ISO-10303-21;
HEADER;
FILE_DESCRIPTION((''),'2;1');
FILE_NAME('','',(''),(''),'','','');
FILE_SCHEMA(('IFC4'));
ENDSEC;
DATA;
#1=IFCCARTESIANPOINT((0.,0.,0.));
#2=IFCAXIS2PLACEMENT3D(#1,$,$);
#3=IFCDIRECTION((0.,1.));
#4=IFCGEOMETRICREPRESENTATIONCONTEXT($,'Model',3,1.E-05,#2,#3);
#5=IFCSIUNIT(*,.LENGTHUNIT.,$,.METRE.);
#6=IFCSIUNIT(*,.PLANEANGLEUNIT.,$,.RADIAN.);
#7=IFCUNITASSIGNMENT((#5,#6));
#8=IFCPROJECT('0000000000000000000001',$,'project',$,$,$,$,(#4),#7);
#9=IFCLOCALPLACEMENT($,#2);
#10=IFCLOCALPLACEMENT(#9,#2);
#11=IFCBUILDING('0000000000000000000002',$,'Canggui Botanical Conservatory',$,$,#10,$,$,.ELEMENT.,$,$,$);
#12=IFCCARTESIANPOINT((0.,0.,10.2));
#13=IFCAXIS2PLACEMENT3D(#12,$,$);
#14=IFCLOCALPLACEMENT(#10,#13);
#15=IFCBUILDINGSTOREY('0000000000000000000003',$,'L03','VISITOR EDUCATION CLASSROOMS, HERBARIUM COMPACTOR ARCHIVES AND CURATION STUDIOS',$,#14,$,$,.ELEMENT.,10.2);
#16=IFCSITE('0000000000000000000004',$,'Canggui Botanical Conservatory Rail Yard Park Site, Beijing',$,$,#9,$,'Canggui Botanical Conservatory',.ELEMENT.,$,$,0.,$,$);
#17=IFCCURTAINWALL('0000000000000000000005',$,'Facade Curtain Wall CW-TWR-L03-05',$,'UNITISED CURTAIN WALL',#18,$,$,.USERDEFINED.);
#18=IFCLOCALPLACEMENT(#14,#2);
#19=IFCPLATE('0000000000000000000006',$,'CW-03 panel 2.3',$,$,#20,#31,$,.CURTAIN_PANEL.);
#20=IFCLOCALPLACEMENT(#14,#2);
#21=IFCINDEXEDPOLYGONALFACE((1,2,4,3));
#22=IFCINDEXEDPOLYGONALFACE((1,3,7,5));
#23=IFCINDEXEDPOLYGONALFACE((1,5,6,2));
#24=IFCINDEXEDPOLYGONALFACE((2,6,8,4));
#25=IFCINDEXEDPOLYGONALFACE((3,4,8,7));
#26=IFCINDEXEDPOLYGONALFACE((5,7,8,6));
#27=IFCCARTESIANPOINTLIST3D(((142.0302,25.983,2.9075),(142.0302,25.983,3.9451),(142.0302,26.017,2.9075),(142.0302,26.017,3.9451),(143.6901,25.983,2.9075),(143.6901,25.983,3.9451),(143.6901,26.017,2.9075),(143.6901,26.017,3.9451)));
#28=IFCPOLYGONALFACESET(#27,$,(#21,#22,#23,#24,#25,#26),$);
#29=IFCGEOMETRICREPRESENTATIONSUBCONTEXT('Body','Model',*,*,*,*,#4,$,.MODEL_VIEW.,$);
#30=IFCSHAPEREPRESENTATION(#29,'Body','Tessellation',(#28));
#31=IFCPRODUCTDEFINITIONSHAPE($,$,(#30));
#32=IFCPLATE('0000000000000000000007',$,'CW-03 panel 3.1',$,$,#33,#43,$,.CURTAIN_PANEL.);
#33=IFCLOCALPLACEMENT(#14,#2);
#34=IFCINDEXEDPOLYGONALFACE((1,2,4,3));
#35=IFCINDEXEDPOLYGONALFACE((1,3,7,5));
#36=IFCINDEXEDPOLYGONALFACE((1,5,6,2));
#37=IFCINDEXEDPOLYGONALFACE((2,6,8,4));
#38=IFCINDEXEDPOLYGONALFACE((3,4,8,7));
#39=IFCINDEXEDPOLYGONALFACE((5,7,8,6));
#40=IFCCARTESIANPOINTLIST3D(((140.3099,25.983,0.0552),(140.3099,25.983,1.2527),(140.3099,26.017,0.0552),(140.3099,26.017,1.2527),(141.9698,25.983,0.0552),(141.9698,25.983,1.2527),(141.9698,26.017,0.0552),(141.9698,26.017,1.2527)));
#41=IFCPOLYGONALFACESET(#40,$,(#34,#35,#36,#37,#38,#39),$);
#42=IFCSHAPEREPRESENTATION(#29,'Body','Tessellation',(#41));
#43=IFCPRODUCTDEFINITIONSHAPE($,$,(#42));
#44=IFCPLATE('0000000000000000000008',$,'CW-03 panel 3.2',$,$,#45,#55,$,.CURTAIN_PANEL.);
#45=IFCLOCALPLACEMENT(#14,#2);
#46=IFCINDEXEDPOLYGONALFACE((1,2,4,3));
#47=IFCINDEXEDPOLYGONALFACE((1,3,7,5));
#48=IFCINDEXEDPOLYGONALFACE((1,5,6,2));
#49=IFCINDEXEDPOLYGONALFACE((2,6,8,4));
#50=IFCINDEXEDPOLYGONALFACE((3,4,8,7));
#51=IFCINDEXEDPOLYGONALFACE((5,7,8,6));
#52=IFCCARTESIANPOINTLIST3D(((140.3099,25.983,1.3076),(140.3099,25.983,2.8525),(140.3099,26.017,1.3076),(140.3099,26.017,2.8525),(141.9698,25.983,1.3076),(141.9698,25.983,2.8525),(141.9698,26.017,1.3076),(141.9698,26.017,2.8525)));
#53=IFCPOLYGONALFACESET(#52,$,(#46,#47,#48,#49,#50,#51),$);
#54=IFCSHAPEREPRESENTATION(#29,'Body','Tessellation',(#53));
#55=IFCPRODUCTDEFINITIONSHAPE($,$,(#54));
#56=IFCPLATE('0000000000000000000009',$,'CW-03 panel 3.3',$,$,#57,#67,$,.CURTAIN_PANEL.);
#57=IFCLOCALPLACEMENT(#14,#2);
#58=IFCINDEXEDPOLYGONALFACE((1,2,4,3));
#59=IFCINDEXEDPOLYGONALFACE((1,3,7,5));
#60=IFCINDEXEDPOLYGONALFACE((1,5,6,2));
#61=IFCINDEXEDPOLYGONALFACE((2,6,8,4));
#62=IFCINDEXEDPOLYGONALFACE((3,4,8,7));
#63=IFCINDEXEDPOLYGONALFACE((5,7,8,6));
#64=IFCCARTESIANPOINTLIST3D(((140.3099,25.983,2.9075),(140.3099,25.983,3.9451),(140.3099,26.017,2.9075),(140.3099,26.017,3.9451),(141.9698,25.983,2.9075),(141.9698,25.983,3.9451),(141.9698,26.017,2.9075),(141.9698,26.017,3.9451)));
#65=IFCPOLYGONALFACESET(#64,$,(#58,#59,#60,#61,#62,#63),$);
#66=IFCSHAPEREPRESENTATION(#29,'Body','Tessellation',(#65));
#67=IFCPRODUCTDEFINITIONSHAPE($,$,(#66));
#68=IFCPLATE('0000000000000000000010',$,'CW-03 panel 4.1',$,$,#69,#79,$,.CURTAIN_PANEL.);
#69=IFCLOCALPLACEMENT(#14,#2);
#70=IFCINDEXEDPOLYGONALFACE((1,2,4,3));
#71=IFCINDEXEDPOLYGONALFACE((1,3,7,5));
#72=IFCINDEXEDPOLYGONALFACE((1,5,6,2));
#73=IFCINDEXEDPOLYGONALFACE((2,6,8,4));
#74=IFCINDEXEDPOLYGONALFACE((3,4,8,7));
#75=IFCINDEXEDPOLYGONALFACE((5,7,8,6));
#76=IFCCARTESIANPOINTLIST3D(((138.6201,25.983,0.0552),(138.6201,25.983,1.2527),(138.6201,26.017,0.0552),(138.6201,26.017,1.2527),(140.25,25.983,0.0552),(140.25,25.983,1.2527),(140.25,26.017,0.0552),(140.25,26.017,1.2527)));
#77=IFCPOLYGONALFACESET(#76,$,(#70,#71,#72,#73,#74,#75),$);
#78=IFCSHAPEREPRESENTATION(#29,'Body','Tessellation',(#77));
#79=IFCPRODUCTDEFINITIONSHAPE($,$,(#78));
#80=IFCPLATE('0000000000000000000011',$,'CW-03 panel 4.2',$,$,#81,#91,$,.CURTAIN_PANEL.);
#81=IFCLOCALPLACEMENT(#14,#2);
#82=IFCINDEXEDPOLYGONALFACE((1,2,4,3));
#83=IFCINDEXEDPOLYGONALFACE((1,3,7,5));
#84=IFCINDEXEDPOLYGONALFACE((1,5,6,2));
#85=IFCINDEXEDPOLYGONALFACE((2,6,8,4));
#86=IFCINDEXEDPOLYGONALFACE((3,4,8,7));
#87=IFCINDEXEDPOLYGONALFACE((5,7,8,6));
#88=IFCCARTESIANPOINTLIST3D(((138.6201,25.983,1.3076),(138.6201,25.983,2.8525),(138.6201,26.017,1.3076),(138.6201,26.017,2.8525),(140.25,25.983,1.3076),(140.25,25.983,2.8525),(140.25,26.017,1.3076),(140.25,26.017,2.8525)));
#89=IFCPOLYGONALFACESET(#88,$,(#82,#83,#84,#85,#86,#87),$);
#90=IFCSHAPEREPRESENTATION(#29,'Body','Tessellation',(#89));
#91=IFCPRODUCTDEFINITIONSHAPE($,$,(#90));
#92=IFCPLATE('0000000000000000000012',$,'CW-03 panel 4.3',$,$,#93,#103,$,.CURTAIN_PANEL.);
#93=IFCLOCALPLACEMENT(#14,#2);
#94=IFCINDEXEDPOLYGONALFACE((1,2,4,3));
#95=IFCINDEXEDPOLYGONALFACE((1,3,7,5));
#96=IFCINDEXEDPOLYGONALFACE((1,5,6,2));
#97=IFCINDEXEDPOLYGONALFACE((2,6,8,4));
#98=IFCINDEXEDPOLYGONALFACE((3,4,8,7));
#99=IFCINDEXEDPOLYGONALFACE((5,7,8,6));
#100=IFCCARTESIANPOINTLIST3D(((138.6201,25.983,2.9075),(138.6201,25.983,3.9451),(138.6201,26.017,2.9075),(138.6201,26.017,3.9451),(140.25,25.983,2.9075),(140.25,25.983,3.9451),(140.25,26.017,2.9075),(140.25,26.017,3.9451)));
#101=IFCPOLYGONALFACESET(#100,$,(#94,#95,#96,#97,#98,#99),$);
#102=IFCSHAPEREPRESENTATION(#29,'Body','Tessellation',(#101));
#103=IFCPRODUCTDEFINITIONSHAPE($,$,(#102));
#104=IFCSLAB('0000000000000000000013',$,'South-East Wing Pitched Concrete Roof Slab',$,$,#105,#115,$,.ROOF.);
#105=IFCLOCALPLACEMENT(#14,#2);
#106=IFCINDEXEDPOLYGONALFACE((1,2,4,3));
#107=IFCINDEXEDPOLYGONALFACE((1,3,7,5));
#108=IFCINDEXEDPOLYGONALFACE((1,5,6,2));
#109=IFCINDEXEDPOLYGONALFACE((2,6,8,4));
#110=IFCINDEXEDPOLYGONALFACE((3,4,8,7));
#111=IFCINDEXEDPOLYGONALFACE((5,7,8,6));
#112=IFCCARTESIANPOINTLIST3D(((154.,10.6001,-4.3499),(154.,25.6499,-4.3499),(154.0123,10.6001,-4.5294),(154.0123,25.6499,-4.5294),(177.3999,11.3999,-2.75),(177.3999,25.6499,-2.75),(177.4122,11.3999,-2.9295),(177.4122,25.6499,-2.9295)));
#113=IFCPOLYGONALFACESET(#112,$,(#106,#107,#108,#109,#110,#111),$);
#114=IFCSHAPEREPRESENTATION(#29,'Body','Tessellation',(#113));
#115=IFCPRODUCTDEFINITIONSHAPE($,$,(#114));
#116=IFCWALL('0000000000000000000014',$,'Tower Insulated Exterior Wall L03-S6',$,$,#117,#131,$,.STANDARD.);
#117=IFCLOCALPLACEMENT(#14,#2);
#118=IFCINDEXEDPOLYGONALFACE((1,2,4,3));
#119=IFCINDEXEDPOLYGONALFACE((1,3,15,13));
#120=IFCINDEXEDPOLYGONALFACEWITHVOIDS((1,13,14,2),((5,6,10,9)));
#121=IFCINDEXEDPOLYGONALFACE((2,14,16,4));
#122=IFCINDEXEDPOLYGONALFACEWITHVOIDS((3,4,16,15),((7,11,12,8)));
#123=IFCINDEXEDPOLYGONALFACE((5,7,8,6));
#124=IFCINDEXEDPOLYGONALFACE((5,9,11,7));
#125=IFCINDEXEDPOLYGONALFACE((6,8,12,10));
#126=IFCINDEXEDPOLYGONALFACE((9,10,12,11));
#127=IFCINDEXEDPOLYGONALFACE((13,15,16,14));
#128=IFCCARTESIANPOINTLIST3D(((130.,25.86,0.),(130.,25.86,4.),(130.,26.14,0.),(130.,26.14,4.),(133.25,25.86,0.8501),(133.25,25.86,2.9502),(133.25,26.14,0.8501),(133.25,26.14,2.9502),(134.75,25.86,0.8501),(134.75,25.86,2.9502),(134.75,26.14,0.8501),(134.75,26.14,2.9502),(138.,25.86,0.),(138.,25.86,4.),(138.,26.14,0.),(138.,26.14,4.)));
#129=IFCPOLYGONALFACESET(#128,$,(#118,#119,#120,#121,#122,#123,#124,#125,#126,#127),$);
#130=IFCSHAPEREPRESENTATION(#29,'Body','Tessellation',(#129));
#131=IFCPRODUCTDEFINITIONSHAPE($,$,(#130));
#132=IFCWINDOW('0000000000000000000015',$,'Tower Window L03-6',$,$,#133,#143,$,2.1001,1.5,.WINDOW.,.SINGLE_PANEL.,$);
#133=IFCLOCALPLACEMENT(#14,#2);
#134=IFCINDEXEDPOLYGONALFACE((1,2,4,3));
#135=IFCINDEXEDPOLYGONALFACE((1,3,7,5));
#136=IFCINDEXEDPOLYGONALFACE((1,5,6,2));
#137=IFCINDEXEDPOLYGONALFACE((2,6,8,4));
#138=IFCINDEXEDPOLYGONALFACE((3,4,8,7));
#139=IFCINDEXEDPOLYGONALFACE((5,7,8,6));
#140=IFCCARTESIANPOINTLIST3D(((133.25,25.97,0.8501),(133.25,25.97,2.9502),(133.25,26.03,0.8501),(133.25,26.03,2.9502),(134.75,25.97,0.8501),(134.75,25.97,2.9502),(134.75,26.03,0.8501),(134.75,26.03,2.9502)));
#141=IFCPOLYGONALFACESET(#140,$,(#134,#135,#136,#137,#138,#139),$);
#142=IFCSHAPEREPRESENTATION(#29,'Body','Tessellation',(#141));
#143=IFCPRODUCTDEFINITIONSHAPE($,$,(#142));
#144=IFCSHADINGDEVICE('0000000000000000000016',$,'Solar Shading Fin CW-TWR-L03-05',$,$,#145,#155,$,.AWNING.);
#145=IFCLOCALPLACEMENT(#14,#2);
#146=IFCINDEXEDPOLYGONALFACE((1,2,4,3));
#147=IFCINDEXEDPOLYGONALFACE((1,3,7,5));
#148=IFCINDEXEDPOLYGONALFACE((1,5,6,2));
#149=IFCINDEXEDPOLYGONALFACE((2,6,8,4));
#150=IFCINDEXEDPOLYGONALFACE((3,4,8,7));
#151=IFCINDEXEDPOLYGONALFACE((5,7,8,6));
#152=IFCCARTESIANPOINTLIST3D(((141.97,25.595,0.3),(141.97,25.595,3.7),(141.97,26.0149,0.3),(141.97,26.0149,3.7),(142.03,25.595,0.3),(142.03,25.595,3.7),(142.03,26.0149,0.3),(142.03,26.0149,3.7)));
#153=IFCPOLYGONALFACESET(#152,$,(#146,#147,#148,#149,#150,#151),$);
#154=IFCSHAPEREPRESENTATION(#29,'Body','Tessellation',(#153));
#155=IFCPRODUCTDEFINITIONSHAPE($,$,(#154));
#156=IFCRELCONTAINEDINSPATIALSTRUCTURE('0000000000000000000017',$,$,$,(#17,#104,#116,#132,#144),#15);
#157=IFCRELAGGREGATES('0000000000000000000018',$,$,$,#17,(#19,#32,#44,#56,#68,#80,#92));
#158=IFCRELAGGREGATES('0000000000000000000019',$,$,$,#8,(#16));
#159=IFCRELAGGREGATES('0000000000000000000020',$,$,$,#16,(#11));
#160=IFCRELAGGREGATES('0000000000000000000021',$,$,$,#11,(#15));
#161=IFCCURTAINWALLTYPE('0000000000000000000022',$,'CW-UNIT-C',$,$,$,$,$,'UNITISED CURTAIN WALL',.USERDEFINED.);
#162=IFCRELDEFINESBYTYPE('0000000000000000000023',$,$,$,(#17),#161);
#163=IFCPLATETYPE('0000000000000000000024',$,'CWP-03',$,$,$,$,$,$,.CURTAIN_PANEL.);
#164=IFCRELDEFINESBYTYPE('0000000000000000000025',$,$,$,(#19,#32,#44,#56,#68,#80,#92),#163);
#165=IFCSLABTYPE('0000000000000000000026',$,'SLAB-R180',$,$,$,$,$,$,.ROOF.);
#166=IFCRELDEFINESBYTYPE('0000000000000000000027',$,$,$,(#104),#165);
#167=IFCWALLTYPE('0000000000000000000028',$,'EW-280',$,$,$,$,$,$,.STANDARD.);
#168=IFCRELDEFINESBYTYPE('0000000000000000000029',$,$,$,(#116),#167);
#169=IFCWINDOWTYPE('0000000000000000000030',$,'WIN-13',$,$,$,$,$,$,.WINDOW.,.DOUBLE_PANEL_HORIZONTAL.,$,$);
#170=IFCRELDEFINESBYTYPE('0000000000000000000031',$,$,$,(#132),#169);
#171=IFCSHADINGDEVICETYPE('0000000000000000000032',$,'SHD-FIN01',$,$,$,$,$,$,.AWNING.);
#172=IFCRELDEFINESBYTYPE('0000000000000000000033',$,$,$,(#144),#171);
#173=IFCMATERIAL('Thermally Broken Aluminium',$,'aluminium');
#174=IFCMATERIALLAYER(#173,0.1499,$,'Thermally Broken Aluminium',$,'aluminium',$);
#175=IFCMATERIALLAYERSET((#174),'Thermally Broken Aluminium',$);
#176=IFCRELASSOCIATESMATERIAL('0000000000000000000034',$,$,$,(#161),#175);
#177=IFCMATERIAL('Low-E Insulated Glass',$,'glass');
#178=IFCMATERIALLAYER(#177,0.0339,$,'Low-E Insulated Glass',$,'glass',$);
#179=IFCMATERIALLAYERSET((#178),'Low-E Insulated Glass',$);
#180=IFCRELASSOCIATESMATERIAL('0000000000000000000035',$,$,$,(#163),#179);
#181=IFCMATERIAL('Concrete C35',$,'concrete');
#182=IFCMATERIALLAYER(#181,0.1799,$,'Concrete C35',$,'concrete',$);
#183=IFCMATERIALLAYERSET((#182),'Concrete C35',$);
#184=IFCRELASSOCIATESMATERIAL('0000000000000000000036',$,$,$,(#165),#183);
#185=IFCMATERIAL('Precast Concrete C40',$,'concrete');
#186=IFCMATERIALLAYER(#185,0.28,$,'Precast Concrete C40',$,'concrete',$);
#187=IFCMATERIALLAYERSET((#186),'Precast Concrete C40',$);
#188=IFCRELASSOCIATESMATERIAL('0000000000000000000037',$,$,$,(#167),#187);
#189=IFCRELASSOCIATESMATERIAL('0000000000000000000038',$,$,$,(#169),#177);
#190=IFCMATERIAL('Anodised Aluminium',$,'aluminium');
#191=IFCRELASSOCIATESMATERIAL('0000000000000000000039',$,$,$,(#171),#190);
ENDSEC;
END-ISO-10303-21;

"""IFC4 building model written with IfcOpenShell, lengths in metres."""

from ifc_helpers import new_model, si_unit, direction, frame, frame_2d, origin, origin_2d, place, context, subcontext, project, spatial, polyline, rectangle, outline, extrude, material, layer, layer_set, type_object, element, fill, aggregate, save


model = new_model("IFC4")

# Units and contexts
model_context = context("Model", 3, precision=1e-05, world=origin(), true_north=direction((0.0, 1.0)))
body_context = subcontext(model_context, "Body", "Model", "MODEL_VIEW")
ifc_project = project(units=[si_unit("LENGTHUNIT", "METRE"), si_unit("PLANEANGLEUNIT", "RADIAN")], contexts=[model_context])

# Site, building, storey
site_placement = place(None, origin())
site = spatial("IfcSite", under=ifc_project, at=site_placement, Name="Canggui Botanical Conservatory Rail Yard Park Site, Beijing", LongName="Canggui Botanical Conservatory", CompositionType="ELEMENT", RefElevation=0.0)
building_placement = place(site_placement, origin())
building = spatial("IfcBuilding", under=site, at=building_placement, Name="Canggui Botanical Conservatory", CompositionType="ELEMENT")
storey_placement = place(building_placement, frame((0.0, 0.0, 10.2)))
storey = spatial("IfcBuildingStorey", under=building, at=storey_placement, Name="L03", Description="VISITOR EDUCATION CLASSROOMS, HERBARIUM COMPACTOR ARCHIVES AND CURATION STUDIOS", CompositionType="ELEMENT", Elevation=10.2)

# Shared definitions
ifc_material_1 = material(Name="Concrete C35", Category="concrete")

# Curtain wall, plates
ifc_material_2 = material(Name="Thermally Broken Aluminium", Category="aluminium")
ifc_layer_1 = layer(ifc_material_2, 0.1499, Name="Thermally Broken Aluminium", Category="aluminium")
ifc_layer_set_1 = layer_set([ifc_layer_1], Name="Thermally Broken Aluminium")
curtain_wall_type = type_object("IfcCurtainWallType", Name="CW-UNIT-C", ElementType="UNITISED CURTAIN WALL", PredefinedType="USERDEFINED", material=ifc_layer_set_1)
curtain_wall_placement = place(storey_placement, origin())
curtain_wall = element("IfcCurtainWall", 1, at=curtain_wall_placement, inside=storey, type_object=curtain_wall_type, Name="Facade Curtain Wall CW-TWR-L03-05", ObjectType="UNITISED CURTAIN WALL", PredefinedType="USERDEFINED")
ifc_material_3 = material(Name="Low-E Insulated Glass", Category="glass")
ifc_layer_2 = layer(ifc_material_3, 0.0339, Name="Low-E Insulated Glass", Category="glass")
ifc_layer_set_2 = layer_set([ifc_layer_2], Name="Low-E Insulated Glass")
plate_type = type_object("IfcPlateType", Name="CWP-03", PredefinedType="CURTAIN_PANEL", material=ifc_layer_set_2)
plate_1_placement = place(storey_placement, frame((142.8601, 26.0, 2.9075), z_axis=(0.0, 0.0, 1.0), x_axis=(-1.0, 0.0, 0.0)))
plate_1 = element("IfcPlate", 2, at=plate_1_placement, type_object=plate_type, Name="CW-03 panel 2.3", PredefinedType="CURTAIN_PANEL", context=body_context, shape_type="SweptSolid", body=[
    extrude(rectangle(XDim=1.6599, YDim=0.0339, at=origin_2d()), origin(), (0.0, 0.0, 1.0), 1.0376),
])
plate_2_placement = place(storey_placement, frame((141.1399, 26.0, 0.0552), z_axis=(0.0, 0.0, 1.0), x_axis=(-1.0, 0.0, 0.0)))
plate_2 = element("IfcPlate", 3, at=plate_2_placement, type_object=plate_type, Name="CW-03 panel 3.1", PredefinedType="CURTAIN_PANEL", context=body_context, shape_type="SweptSolid", body=[
    extrude(rectangle(XDim=1.6599, YDim=0.0339, at=origin_2d()), origin(), (0.0, 0.0, 1.0), 1.1975),
])
plate_3_placement = place(storey_placement, frame((141.1399, 26.0, 1.3076), z_axis=(0.0, 0.0, 1.0), x_axis=(-1.0, 0.0, 0.0)))
plate_3 = element("IfcPlate", 4, at=plate_3_placement, type_object=plate_type, Name="CW-03 panel 3.2", PredefinedType="CURTAIN_PANEL", context=body_context, shape_type="SweptSolid", body=[
    extrude(rectangle(XDim=1.6599, YDim=0.0339, at=origin_2d()), origin(), (0.0, 0.0, 1.0), 1.5449),
])
plate_4_placement = place(storey_placement, frame((141.1399, 26.0, 2.9075), z_axis=(0.0, 0.0, 1.0), x_axis=(-1.0, 0.0, 0.0)))
plate_4 = element("IfcPlate", 5, at=plate_4_placement, type_object=plate_type, Name="CW-03 panel 3.3", PredefinedType="CURTAIN_PANEL", context=body_context, shape_type="SweptSolid", body=[
    extrude(rectangle(XDim=1.6599, YDim=0.0339, at=origin_2d()), origin(), (0.0, 0.0, 1.0), 1.0376),
])
plate_5_placement = place(storey_placement, frame((139.4351, 26.0, 0.0552), z_axis=(0.0, 0.0, 1.0), x_axis=(-1.0, 0.0, 0.0)))
plate_5 = element("IfcPlate", 6, at=plate_5_placement, type_object=plate_type, Name="CW-03 panel 4.1", PredefinedType="CURTAIN_PANEL", context=body_context, shape_type="SweptSolid", body=[
    extrude(rectangle(XDim=1.6299, YDim=0.0339, at=origin_2d()), origin(), (0.0, 0.0, 1.0), 1.1975),
])
plate_6_placement = place(storey_placement, frame((139.4351, 26.0, 1.3076), z_axis=(0.0, 0.0, 1.0), x_axis=(-1.0, 0.0, 0.0)))
plate_6 = element("IfcPlate", 7, at=plate_6_placement, type_object=plate_type, Name="CW-03 panel 4.2", PredefinedType="CURTAIN_PANEL", context=body_context, shape_type="SweptSolid", body=[
    extrude(rectangle(XDim=1.6299, YDim=0.0339, at=origin_2d()), origin(), (0.0, 0.0, 1.0), 1.5449),
])
plate_7_placement = place(storey_placement, frame((139.4351, 26.0, 2.9075), z_axis=(0.0, 0.0, 1.0), x_axis=(-1.0, 0.0, 0.0)))
plate_7 = element("IfcPlate", 8, at=plate_7_placement, type_object=plate_type, Name="CW-03 panel 4.3", PredefinedType="CURTAIN_PANEL", context=body_context, shape_type="SweptSolid", body=[
    extrude(rectangle(XDim=1.6299, YDim=0.0339, at=origin_2d()), origin(), (0.0, 0.0, 1.0), 1.0376),
])
aggregate(curtain_wall, [plate_1, plate_2, plate_3, plate_4, plate_5, plate_6, plate_7])

# Slab
ifc_layer_3 = layer(ifc_material_1, 0.1799, Name="Concrete C35", Category="concrete")
ifc_layer_set_3 = layer_set([ifc_layer_3], Name="Concrete C35")
slab_type = type_object("IfcSlabType", Name="SLAB-R180", PredefinedType="ROOF", material=ifc_layer_set_3)
slab_placement = place(storey_placement, frame((154.0, 10.6001, -4.3499), z_axis=(-0.068211, 0.0, 0.997671), x_axis=(0.997091, 0.03408, 0.068171)))
element("IfcSlab", 9, at=slab_placement, inside=storey, type_object=slab_type, Name="South-East Wing Pitched Concrete Roof Slab", PredefinedType="ROOF", context=body_context, shape_type="SweptSolid", body=[
    extrude(outline(polyline([(0.0, 0.0), (23.4682, 0.0), (23.9538, 14.2417), (0.5129, 15.0411), (0.0, 0.0)])), origin(), (0.0, 0.0, -1.0), 0.1799),
])

# Wall, opening, window
ifc_material_4 = material(Name="Precast Concrete C40", Category="concrete")
ifc_layer_4 = layer(ifc_material_4, 0.28, Name="Precast Concrete C40", Category="concrete")
ifc_layer_set_4 = layer_set([ifc_layer_4], Name="Precast Concrete C40")
wall_type = type_object("IfcWallType", Name="EW-280", PredefinedType="STANDARD", material=ifc_layer_set_4)
wall_placement = place(storey_placement, frame((138.0, 26.0, 0.0), z_axis=(0.0, 0.0, 1.0), x_axis=(-1.0, 0.0, 0.0)))
wall = element("IfcWall", 10, at=wall_placement, inside=storey, type_object=wall_type, Name="Tower Insulated Exterior Wall L03-S6", PredefinedType="STANDARD", context=body_context, shape_type="SweptSolid", body=[
    extrude(rectangle(XDim=8.0, YDim=0.28, at=frame_2d((4.0, 0.0))), origin(), (0.0, 0.0, 1.0), 4.0),
])
opening_placement = place(wall_placement, frame((3.25, 0.0, 0.8501)))
opening = element("IfcOpeningElement", 11, at=opening_placement, cuts=wall, PredefinedType="OPENING", context=body_context, shape_type="SweptSolid", body=[
    extrude(rectangle(XDim=1.5, YDim=2.1001, at=frame_2d((0.75, 1.05))), frame((0.0, 0.1499, 0.0), z_axis=(0.0, -1.0, 0.0), x_axis=(1.0, 0.0, 0.0)), (0.0, 0.0, 1.0), 0.3),
])
window_type = type_object("IfcWindowType", Name="WIN-13", PartitioningType="DOUBLE_PANEL_HORIZONTAL", PredefinedType="WINDOW", material=ifc_material_3)
window_placement = place(opening_placement, origin())
window = element("IfcWindow", 12, at=window_placement, inside=storey, type_object=window_type, Name="Tower Window L03-6", OverallHeight=2.1001, OverallWidth=1.5, PartitioningType="SINGLE_PANEL", PredefinedType="WINDOW", context=body_context, shape_type="SweptSolid", body=[
    extrude(rectangle(XDim=1.5, YDim=2.1001, at=frame_2d((0.75, 1.05))), frame((0.0, 0.03, 0.0), z_axis=(0.0, -1.0, 0.0), x_axis=(1.0, 0.0, 0.0)), (0.0, 0.0, 1.0), 0.0601),
])
fill(opening, window)

# Shading device
ifc_material_5 = material(Name="Anodised Aluminium", Category="aluminium")
shading_device_type = type_object("IfcShadingDeviceType", Name="SHD-FIN01", PredefinedType="AWNING", material=ifc_material_5)
shading_device_placement = place(storey_placement, frame((142.0, 25.8049, 0.3), z_axis=(0.0, 0.0, 1.0), x_axis=(-1.0, 0.0, 0.0)))
element("IfcShadingDevice", 13, at=shading_device_placement, inside=storey, type_object=shading_device_type, Name="Solar Shading Fin CW-TWR-L03-05", PredefinedType="AWNING", context=body_context, shape_type="SweptSolid", body=[
    extrude(rectangle(XDim=0.0601, YDim=0.4199, at=origin_2d()), origin(), (0.0, 0.0, 1.0), 3.3999),
])

save(model, "model.ifc")
